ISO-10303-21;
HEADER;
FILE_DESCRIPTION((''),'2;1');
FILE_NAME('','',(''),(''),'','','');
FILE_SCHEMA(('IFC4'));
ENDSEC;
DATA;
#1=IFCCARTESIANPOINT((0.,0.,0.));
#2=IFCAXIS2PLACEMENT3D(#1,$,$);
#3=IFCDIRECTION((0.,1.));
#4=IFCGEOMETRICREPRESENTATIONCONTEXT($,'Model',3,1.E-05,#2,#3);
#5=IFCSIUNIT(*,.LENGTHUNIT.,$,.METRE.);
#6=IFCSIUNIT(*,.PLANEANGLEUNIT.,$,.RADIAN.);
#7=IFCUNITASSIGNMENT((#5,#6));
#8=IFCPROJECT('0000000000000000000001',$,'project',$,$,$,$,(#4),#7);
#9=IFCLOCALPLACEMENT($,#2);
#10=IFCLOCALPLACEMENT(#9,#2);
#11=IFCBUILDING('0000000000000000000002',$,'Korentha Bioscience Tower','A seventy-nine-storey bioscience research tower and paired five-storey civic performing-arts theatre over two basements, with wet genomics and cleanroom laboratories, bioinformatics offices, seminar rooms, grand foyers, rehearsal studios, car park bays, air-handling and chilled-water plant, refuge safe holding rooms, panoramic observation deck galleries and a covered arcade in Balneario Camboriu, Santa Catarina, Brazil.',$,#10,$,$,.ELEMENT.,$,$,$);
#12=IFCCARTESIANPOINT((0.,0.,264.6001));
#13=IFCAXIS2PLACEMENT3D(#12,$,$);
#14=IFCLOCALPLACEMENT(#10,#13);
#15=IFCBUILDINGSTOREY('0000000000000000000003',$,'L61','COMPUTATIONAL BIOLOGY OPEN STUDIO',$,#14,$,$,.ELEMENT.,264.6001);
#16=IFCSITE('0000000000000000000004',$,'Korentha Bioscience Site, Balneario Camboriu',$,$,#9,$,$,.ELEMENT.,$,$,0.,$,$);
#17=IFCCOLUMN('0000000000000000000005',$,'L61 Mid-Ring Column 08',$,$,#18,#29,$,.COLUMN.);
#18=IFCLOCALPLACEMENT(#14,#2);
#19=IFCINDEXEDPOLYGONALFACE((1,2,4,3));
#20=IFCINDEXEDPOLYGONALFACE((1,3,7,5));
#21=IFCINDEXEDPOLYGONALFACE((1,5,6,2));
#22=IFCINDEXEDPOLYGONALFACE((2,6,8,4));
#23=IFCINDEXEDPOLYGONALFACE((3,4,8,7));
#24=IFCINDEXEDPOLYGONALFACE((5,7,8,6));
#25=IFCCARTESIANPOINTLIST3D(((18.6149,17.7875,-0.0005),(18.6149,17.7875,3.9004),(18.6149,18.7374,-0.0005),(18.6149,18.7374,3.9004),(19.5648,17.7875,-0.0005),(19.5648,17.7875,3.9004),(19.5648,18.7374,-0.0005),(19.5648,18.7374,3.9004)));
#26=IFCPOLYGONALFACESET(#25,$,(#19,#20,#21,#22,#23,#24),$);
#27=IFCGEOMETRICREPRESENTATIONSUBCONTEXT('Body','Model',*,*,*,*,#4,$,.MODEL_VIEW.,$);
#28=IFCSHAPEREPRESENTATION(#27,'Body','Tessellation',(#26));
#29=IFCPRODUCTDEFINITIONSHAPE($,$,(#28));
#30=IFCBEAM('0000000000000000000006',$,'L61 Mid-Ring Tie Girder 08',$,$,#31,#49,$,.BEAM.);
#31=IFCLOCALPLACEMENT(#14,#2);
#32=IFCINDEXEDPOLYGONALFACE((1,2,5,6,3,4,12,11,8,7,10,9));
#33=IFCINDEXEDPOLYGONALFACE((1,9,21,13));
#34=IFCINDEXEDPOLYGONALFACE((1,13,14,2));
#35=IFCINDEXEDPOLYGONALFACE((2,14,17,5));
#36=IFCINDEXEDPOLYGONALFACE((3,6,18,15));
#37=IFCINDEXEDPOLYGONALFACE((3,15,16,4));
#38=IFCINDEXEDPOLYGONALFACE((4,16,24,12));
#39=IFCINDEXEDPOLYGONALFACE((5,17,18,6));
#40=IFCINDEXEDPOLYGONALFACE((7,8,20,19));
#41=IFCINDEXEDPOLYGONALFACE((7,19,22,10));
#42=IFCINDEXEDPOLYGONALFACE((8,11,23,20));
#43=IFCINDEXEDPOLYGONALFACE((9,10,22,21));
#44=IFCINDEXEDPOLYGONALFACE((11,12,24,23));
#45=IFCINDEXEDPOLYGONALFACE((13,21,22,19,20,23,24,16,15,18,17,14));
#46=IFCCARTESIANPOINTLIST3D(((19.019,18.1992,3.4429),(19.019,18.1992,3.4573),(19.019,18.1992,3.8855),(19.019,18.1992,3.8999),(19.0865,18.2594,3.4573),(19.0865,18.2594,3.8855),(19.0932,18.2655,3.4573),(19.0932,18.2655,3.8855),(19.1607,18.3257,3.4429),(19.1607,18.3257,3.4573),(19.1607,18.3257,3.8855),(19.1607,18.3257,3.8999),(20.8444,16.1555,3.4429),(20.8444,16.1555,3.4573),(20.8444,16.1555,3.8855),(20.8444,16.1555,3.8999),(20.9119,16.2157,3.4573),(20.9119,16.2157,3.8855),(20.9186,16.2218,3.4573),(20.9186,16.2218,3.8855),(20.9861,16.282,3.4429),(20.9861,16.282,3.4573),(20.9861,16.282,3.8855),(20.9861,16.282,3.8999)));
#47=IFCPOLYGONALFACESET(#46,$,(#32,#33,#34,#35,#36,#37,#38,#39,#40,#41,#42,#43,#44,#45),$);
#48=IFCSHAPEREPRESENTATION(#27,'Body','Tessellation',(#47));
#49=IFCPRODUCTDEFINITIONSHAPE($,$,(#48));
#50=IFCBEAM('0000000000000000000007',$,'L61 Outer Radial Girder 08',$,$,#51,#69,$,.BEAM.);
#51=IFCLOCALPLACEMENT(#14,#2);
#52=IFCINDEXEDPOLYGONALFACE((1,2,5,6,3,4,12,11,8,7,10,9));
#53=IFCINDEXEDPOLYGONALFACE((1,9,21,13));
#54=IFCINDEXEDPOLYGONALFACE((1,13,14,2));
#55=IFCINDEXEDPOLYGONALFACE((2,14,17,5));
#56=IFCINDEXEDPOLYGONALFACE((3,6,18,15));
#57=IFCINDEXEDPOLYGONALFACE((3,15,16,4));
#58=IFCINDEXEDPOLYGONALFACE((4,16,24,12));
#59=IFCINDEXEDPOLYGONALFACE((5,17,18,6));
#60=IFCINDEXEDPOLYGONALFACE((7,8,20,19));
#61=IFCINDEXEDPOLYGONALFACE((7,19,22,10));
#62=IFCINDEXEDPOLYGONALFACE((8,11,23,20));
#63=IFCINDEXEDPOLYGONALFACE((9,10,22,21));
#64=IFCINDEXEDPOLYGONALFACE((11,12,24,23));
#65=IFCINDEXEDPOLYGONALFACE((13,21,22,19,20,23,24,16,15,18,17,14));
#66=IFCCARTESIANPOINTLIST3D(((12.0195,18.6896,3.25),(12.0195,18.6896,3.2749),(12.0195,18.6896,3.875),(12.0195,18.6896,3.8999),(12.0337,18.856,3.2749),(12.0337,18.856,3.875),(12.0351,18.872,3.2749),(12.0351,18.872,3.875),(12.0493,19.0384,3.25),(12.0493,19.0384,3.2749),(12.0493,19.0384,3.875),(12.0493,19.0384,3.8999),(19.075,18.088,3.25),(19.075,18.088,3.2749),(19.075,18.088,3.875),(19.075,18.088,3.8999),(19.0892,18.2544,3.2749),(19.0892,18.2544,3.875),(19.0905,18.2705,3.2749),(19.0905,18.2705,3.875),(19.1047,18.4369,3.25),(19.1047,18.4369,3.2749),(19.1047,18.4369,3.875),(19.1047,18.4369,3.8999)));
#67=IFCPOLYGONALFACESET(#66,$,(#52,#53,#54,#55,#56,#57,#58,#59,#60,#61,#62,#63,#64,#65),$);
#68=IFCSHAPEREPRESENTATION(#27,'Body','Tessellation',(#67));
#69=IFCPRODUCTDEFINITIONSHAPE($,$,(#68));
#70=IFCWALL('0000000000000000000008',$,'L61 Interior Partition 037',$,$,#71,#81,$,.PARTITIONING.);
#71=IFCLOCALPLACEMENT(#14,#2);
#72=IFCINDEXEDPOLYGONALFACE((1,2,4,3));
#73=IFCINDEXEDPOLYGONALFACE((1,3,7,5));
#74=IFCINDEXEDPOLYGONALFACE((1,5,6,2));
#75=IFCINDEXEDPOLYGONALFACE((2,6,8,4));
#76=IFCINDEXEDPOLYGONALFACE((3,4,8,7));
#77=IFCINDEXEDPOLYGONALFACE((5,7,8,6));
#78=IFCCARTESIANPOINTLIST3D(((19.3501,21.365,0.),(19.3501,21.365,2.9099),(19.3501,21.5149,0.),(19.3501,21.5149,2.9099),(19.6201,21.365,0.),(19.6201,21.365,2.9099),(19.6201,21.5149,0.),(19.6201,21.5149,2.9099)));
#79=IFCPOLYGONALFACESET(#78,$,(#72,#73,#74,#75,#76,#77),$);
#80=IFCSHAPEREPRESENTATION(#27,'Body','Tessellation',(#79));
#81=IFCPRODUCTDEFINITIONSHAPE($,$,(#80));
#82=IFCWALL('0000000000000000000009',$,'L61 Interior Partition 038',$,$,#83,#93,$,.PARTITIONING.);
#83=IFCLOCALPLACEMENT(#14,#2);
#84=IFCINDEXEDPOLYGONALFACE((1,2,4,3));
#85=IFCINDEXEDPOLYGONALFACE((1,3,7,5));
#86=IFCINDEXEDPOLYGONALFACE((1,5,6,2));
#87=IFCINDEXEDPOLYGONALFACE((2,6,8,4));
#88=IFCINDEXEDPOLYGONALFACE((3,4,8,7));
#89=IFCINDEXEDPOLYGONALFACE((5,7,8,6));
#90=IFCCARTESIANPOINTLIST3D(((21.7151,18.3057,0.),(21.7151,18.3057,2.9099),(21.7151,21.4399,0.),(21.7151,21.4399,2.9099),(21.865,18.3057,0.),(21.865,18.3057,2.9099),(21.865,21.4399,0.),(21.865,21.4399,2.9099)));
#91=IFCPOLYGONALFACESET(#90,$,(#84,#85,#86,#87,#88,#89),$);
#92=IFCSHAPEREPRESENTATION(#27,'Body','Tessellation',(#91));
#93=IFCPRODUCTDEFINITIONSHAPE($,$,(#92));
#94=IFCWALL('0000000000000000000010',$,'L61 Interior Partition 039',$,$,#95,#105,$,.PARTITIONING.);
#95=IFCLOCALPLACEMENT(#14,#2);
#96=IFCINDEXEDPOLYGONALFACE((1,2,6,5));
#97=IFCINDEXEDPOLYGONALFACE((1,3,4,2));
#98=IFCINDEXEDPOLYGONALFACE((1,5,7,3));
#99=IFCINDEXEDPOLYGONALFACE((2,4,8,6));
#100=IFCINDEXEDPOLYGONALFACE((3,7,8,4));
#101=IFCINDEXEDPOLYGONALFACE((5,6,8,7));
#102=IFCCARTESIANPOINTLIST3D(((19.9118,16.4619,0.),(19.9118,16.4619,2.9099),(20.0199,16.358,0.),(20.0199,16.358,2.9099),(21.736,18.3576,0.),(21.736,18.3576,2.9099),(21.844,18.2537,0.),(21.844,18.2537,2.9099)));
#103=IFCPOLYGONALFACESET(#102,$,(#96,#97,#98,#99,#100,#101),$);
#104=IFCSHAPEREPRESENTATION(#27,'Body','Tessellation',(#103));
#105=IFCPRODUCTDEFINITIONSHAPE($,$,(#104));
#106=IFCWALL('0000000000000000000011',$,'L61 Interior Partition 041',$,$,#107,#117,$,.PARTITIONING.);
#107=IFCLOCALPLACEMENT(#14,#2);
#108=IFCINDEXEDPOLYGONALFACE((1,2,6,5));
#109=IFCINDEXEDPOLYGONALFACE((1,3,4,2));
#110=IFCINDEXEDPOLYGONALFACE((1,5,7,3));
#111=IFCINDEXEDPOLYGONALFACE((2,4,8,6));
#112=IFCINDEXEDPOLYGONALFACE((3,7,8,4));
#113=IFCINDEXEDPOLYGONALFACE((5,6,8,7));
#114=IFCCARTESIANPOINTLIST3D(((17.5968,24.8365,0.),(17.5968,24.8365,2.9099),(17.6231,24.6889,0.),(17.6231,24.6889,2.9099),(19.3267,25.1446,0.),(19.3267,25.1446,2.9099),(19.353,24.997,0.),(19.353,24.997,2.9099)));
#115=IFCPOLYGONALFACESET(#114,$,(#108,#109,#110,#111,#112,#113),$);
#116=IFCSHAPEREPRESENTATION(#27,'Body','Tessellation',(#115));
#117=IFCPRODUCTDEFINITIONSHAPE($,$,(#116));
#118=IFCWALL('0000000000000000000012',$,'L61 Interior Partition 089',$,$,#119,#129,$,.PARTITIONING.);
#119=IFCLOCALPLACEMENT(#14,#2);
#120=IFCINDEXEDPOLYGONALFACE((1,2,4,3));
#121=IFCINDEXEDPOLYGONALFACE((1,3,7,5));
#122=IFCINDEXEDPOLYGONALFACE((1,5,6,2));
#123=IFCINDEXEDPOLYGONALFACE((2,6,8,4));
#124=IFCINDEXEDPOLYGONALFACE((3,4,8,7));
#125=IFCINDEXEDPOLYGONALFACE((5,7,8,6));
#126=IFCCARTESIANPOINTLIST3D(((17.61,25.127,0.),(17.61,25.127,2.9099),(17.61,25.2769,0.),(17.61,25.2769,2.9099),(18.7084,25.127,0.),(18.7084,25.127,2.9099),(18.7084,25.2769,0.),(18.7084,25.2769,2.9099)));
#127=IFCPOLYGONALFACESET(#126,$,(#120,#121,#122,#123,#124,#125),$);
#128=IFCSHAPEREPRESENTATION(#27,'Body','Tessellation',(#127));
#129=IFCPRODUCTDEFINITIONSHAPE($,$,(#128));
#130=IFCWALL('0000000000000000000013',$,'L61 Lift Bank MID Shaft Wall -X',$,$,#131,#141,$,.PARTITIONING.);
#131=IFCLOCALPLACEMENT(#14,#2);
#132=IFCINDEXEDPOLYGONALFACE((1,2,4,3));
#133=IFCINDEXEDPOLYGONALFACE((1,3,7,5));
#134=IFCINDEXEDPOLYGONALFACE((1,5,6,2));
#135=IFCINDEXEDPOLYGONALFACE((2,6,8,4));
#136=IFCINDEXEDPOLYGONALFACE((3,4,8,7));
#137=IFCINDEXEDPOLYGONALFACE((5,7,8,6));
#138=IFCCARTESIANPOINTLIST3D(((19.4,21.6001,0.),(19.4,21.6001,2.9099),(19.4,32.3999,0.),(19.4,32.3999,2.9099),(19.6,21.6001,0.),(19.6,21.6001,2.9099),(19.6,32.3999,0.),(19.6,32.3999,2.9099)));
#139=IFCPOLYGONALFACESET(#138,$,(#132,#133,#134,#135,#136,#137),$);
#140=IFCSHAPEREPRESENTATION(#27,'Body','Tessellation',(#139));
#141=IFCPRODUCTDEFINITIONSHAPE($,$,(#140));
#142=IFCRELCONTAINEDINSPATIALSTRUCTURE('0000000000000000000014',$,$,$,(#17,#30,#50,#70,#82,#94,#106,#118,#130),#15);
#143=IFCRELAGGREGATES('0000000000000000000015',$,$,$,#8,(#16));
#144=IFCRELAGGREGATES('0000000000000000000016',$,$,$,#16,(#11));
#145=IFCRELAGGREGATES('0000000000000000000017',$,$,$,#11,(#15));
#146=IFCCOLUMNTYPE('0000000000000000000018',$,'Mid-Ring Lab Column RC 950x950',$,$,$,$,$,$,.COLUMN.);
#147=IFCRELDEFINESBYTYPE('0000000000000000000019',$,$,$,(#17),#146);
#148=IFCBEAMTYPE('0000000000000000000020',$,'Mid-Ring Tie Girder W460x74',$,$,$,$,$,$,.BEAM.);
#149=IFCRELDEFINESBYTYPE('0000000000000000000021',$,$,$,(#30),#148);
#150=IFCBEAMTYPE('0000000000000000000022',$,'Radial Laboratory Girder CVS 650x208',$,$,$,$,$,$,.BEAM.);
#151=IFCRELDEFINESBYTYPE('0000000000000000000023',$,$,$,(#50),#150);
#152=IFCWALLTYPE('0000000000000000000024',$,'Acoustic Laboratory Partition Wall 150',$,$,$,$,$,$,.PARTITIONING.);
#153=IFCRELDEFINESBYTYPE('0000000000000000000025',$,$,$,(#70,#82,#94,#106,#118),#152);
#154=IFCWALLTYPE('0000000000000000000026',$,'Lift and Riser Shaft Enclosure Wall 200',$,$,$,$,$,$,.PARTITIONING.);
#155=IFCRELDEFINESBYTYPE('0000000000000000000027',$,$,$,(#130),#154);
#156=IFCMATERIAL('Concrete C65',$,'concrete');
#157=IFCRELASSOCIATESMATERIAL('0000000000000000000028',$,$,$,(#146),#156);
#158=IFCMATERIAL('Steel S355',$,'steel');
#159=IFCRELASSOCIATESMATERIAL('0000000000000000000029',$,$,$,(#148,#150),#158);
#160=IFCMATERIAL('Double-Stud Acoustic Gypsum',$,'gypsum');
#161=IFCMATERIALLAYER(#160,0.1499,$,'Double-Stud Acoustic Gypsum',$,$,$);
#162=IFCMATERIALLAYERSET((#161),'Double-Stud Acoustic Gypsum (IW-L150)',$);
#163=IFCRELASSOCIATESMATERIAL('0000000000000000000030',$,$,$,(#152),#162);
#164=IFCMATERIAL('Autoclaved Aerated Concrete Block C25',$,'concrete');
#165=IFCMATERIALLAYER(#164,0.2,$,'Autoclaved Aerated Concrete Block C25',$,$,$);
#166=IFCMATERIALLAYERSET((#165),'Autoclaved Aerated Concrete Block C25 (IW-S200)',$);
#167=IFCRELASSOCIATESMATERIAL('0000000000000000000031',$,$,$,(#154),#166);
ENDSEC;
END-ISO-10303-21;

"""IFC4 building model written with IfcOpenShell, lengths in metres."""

from ifc_helpers import new_model, si_unit, direction, frame, frame_2d, origin, origin_2d, place, context, subcontext, project, spatial, rectangle, i_section, extrude, material, layer, layer_set, material_profile, profile_set, type_object, element, save


model = new_model("IFC4")

# Units and contexts
model_context = context("Model", 3, precision=1e-05, world=origin(), true_north=direction((0.0, 1.0)))
body_context = subcontext(model_context, "Body", "Model", "MODEL_VIEW")
ifc_project = project(units=[si_unit("LENGTHUNIT", "METRE"), si_unit("PLANEANGLEUNIT", "RADIAN")], contexts=[model_context])

# Site, building, storey
site_placement = place(None, origin())
site = spatial("IfcSite", under=ifc_project, at=site_placement, Name="Korentha Bioscience Site, Balneario Camboriu", CompositionType="ELEMENT", RefElevation=0.0)
building_placement = place(site_placement, origin())
building = spatial("IfcBuilding", under=site, at=building_placement, Name="Korentha Bioscience Tower", Description="A seventy-nine-storey bioscience research tower and paired five-storey civic performing-arts theatre over two basements, with wet genomics and cleanroom laboratories, bioinformatics offices, seminar rooms, grand foyers, rehearsal studios, car park bays, air-handling and chilled-water plant, refuge safe holding rooms, panoramic observation deck galleries and a covered arcade in Balneario Camboriu, Santa Catarina, Brazil.", CompositionType="ELEMENT")
storey_placement = place(building_placement, frame((0.0, 0.0, 264.6001)))
storey = spatial("IfcBuildingStorey", under=building, at=storey_placement, Name="L61", Description="COMPUTATIONAL BIOLOGY OPEN STUDIO", CompositionType="ELEMENT", Elevation=264.6001)

# Column
ifc_material_1 = material(Name="Concrete C65", Category="concrete")
ifc_material_profile_1 = material_profile(ifc_material_1, rectangle(XDim=0.95, YDim=0.95, at=origin_2d()), Name="Concrete C65")
ifc_profile_set_1 = profile_set([ifc_material_profile_1], Name="Concrete C65 (COL-MR09)")
column_type = type_object("IfcColumnType", Name="Mid-Ring Lab Column RC 950x950", PredefinedType="COLUMN", material=ifc_profile_set_1)
column_placement = place(storey_placement, frame((19.0898, 18.2625, -0.0005), z_axis=(0.0, 0.0, 1.0), x_axis=(1.0, 0.0, 0.0)))
element("IfcColumn", 1, at=column_placement, inside=storey, type_object=column_type, Name="L61 Mid-Ring Column 08", PredefinedType="COLUMN", context=body_context, shape_type="SweptSolid", body=[
    extrude(rectangle(XDim=0.95, YDim=0.95, at=origin_2d()), origin(), (0.0, 0.0, 1.0), 3.9009),
])

# Beams
ifc_material_2 = material(Name="Steel S355", Category="steel")
ifc_material_profile_2 = material_profile(ifc_material_2, i_section(OverallWidth=0.1899, OverallDepth=0.457, WebThickness=0.009, FlangeThickness=0.0144, at=origin_2d()), Name="Steel S355")
ifc_profile_set_2 = profile_set([ifc_material_profile_2], Name="Steel S355 (MB-460)")
beam_type_1 = type_object("IfcBeamType", Name="Mid-Ring Tie Girder W460x74", PredefinedType="BEAM", material=ifc_profile_set_2)
beam_1_placement = place(storey_placement, frame((19.0898, 18.2625, 3.6714), z_axis=(0.666159, -0.74581, 0.0), x_axis=(0.74581, 0.666159, 0.0)))
element("IfcBeam", 2, at=beam_1_placement, inside=storey, type_object=beam_type_1, Name="L61 Mid-Ring Tie Girder 08", PredefinedType="BEAM", context=body_context, shape_type="SweptSolid", body=[
    extrude(i_section(OverallWidth=0.1899, OverallDepth=0.457, WebThickness=0.009, FlangeThickness=0.0144, at=origin_2d()), origin(), (0.0, 0.0, 1.0), 2.7402),
])
ifc_material_profile_3 = material_profile(ifc_material_2, i_section(OverallWidth=0.3501, OverallDepth=0.6499, WebThickness=0.0161, FlangeThickness=0.0249, at=origin_2d()), Name="Steel S355")
ifc_profile_set_3 = profile_set([ifc_material_profile_3], Name="Steel S355 (RB-650)")
beam_type_2 = type_object("IfcBeamType", Name="Radial Laboratory Girder CVS 650x208", PredefinedType="BEAM", material=ifc_profile_set_3)
beam_2_placement = place(storey_placement, frame((19.0898, 18.2625, 3.575), z_axis=(-0.996385, 0.084954, 0.0), x_axis=(-0.084954, -0.996385, 0.0)))
element("IfcBeam", 3, at=beam_2_placement, inside=storey, type_object=beam_type_2, Name="L61 Outer Radial Girder 08", PredefinedType="BEAM", context=body_context, shape_type="SweptSolid", body=[
    extrude(i_section(OverallWidth=0.3501, OverallDepth=0.6499, WebThickness=0.0161, FlangeThickness=0.0249, at=origin_2d()), origin(), (0.0, 0.0, 1.0), 7.0811),
])

# Shared definitions
ifc_material_3 = material(Name="Double-Stud Acoustic Gypsum", Category="gypsum")
ifc_layer_1 = layer(ifc_material_3, 0.1499, Name="Double-Stud Acoustic Gypsum")
ifc_layer_set_1 = layer_set([ifc_layer_1], Name="Double-Stud Acoustic Gypsum (IW-L150)")
wall_type_1 = type_object("IfcWallType", Name="Acoustic Laboratory Partition Wall 150", PredefinedType="PARTITIONING", material=ifc_layer_set_1)

# Walls
wall_1_placement = place(storey_placement, frame((19.3501, 21.4399, 0.0), z_axis=(0.0, 0.0, 1.0), x_axis=(1.0, 0.0, 0.0)))
element("IfcWall", 4, at=wall_1_placement, inside=storey, type_object=wall_type_1, Name="L61 Interior Partition 037", PredefinedType="PARTITIONING", context=body_context, shape_type="SweptSolid", body=[
    extrude(rectangle(XDim=0.27, YDim=0.1499, at=frame_2d((0.135, 0.0))), origin(), (0.0, 0.0, 1.0), 2.9099),
])
wall_2_placement = place(storey_placement, frame((21.79, 21.4399, 0.0), z_axis=(0.0, 0.0, 1.0), x_axis=(0.0, -1.0, 0.0)))
element("IfcWall", 5, at=wall_2_placement, inside=storey, type_object=wall_type_1, Name="L61 Interior Partition 038", PredefinedType="PARTITIONING", context=body_context, shape_type="SweptSolid", body=[
    extrude(rectangle(XDim=3.1343, YDim=0.1499, at=frame_2d((1.5671, 0.0))), origin(), (0.0, 0.0, 1.0), 2.9099),
])
wall_3_placement = place(storey_placement, frame((21.79, 18.3057, 0.0), z_axis=(0.0, 0.0, 1.0), x_axis=(-0.693381, -0.720571, 0.0)))
element("IfcWall", 6, at=wall_3_placement, inside=storey, type_object=wall_type_1, Name="L61 Interior Partition 039", PredefinedType="PARTITIONING", context=body_context, shape_type="SweptSolid", body=[
    extrude(rectangle(XDim=2.6309, YDim=0.1499, at=frame_2d((1.3154, 0.0))), origin(), (0.0, 0.0, 1.0), 2.9099),
])
wall_4_placement = place(storey_placement, frame((17.6101, 24.7627, 0.0), z_axis=(0.0, 0.0, 1.0), x_axis=(0.984504, 0.175363, 0.0)))
element("IfcWall", 7, at=wall_4_placement, inside=storey, type_object=wall_type_1, Name="L61 Interior Partition 041", PredefinedType="PARTITIONING", context=body_context, shape_type="SweptSolid", body=[
    extrude(rectangle(XDim=1.7571, YDim=0.1499, at=frame_2d((0.8784, 0.0))), origin(), (0.0, 0.0, 1.0), 2.9099),
])
wall_5_placement = place(storey_placement, frame((18.7085, 25.2019, 0.0), z_axis=(0.0, 0.0, 1.0), x_axis=(-1.0, 0.0, 0.0)))
element("IfcWall", 8, at=wall_5_placement, inside=storey, type_object=wall_type_1, Name="L61 Interior Partition 089", PredefinedType="PARTITIONING", context=body_context, shape_type="SweptSolid", body=[
    extrude(rectangle(XDim=1.0984, YDim=0.1499, at=frame_2d((0.5493, 0.0))), origin(), (0.0, 0.0, 1.0), 2.9099),
])

# Wall
ifc_material_4 = material(Name="Autoclaved Aerated Concrete Block C25", Category="concrete")
ifc_layer_2 = layer(ifc_material_4, 0.2, Name="Autoclaved Aerated Concrete Block C25")
ifc_layer_set_2 = layer_set([ifc_layer_2], Name="Autoclaved Aerated Concrete Block C25 (IW-S200)")
wall_type_2 = type_object("IfcWallType", Name="Lift and Riser Shaft Enclosure Wall 200", PredefinedType="PARTITIONING", material=ifc_layer_set_2)
wall_6_placement = place(storey_placement, frame((19.5, 21.6001, 0.0), z_axis=(0.0, 0.0, 1.0), x_axis=(0.0, 1.0, 0.0)))
element("IfcWall", 9, at=wall_6_placement, inside=storey, type_object=wall_type_2, Name="L61 Lift Bank MID Shaft Wall -X", PredefinedType="PARTITIONING", context=body_context, shape_type="SweptSolid", body=[
    extrude(rectangle(XDim=10.7998, YDim=0.2, at=frame_2d((5.3999, 0.0))), origin(), (0.0, 0.0, 1.0), 2.9099),
])

save(model, "model.ifc")
